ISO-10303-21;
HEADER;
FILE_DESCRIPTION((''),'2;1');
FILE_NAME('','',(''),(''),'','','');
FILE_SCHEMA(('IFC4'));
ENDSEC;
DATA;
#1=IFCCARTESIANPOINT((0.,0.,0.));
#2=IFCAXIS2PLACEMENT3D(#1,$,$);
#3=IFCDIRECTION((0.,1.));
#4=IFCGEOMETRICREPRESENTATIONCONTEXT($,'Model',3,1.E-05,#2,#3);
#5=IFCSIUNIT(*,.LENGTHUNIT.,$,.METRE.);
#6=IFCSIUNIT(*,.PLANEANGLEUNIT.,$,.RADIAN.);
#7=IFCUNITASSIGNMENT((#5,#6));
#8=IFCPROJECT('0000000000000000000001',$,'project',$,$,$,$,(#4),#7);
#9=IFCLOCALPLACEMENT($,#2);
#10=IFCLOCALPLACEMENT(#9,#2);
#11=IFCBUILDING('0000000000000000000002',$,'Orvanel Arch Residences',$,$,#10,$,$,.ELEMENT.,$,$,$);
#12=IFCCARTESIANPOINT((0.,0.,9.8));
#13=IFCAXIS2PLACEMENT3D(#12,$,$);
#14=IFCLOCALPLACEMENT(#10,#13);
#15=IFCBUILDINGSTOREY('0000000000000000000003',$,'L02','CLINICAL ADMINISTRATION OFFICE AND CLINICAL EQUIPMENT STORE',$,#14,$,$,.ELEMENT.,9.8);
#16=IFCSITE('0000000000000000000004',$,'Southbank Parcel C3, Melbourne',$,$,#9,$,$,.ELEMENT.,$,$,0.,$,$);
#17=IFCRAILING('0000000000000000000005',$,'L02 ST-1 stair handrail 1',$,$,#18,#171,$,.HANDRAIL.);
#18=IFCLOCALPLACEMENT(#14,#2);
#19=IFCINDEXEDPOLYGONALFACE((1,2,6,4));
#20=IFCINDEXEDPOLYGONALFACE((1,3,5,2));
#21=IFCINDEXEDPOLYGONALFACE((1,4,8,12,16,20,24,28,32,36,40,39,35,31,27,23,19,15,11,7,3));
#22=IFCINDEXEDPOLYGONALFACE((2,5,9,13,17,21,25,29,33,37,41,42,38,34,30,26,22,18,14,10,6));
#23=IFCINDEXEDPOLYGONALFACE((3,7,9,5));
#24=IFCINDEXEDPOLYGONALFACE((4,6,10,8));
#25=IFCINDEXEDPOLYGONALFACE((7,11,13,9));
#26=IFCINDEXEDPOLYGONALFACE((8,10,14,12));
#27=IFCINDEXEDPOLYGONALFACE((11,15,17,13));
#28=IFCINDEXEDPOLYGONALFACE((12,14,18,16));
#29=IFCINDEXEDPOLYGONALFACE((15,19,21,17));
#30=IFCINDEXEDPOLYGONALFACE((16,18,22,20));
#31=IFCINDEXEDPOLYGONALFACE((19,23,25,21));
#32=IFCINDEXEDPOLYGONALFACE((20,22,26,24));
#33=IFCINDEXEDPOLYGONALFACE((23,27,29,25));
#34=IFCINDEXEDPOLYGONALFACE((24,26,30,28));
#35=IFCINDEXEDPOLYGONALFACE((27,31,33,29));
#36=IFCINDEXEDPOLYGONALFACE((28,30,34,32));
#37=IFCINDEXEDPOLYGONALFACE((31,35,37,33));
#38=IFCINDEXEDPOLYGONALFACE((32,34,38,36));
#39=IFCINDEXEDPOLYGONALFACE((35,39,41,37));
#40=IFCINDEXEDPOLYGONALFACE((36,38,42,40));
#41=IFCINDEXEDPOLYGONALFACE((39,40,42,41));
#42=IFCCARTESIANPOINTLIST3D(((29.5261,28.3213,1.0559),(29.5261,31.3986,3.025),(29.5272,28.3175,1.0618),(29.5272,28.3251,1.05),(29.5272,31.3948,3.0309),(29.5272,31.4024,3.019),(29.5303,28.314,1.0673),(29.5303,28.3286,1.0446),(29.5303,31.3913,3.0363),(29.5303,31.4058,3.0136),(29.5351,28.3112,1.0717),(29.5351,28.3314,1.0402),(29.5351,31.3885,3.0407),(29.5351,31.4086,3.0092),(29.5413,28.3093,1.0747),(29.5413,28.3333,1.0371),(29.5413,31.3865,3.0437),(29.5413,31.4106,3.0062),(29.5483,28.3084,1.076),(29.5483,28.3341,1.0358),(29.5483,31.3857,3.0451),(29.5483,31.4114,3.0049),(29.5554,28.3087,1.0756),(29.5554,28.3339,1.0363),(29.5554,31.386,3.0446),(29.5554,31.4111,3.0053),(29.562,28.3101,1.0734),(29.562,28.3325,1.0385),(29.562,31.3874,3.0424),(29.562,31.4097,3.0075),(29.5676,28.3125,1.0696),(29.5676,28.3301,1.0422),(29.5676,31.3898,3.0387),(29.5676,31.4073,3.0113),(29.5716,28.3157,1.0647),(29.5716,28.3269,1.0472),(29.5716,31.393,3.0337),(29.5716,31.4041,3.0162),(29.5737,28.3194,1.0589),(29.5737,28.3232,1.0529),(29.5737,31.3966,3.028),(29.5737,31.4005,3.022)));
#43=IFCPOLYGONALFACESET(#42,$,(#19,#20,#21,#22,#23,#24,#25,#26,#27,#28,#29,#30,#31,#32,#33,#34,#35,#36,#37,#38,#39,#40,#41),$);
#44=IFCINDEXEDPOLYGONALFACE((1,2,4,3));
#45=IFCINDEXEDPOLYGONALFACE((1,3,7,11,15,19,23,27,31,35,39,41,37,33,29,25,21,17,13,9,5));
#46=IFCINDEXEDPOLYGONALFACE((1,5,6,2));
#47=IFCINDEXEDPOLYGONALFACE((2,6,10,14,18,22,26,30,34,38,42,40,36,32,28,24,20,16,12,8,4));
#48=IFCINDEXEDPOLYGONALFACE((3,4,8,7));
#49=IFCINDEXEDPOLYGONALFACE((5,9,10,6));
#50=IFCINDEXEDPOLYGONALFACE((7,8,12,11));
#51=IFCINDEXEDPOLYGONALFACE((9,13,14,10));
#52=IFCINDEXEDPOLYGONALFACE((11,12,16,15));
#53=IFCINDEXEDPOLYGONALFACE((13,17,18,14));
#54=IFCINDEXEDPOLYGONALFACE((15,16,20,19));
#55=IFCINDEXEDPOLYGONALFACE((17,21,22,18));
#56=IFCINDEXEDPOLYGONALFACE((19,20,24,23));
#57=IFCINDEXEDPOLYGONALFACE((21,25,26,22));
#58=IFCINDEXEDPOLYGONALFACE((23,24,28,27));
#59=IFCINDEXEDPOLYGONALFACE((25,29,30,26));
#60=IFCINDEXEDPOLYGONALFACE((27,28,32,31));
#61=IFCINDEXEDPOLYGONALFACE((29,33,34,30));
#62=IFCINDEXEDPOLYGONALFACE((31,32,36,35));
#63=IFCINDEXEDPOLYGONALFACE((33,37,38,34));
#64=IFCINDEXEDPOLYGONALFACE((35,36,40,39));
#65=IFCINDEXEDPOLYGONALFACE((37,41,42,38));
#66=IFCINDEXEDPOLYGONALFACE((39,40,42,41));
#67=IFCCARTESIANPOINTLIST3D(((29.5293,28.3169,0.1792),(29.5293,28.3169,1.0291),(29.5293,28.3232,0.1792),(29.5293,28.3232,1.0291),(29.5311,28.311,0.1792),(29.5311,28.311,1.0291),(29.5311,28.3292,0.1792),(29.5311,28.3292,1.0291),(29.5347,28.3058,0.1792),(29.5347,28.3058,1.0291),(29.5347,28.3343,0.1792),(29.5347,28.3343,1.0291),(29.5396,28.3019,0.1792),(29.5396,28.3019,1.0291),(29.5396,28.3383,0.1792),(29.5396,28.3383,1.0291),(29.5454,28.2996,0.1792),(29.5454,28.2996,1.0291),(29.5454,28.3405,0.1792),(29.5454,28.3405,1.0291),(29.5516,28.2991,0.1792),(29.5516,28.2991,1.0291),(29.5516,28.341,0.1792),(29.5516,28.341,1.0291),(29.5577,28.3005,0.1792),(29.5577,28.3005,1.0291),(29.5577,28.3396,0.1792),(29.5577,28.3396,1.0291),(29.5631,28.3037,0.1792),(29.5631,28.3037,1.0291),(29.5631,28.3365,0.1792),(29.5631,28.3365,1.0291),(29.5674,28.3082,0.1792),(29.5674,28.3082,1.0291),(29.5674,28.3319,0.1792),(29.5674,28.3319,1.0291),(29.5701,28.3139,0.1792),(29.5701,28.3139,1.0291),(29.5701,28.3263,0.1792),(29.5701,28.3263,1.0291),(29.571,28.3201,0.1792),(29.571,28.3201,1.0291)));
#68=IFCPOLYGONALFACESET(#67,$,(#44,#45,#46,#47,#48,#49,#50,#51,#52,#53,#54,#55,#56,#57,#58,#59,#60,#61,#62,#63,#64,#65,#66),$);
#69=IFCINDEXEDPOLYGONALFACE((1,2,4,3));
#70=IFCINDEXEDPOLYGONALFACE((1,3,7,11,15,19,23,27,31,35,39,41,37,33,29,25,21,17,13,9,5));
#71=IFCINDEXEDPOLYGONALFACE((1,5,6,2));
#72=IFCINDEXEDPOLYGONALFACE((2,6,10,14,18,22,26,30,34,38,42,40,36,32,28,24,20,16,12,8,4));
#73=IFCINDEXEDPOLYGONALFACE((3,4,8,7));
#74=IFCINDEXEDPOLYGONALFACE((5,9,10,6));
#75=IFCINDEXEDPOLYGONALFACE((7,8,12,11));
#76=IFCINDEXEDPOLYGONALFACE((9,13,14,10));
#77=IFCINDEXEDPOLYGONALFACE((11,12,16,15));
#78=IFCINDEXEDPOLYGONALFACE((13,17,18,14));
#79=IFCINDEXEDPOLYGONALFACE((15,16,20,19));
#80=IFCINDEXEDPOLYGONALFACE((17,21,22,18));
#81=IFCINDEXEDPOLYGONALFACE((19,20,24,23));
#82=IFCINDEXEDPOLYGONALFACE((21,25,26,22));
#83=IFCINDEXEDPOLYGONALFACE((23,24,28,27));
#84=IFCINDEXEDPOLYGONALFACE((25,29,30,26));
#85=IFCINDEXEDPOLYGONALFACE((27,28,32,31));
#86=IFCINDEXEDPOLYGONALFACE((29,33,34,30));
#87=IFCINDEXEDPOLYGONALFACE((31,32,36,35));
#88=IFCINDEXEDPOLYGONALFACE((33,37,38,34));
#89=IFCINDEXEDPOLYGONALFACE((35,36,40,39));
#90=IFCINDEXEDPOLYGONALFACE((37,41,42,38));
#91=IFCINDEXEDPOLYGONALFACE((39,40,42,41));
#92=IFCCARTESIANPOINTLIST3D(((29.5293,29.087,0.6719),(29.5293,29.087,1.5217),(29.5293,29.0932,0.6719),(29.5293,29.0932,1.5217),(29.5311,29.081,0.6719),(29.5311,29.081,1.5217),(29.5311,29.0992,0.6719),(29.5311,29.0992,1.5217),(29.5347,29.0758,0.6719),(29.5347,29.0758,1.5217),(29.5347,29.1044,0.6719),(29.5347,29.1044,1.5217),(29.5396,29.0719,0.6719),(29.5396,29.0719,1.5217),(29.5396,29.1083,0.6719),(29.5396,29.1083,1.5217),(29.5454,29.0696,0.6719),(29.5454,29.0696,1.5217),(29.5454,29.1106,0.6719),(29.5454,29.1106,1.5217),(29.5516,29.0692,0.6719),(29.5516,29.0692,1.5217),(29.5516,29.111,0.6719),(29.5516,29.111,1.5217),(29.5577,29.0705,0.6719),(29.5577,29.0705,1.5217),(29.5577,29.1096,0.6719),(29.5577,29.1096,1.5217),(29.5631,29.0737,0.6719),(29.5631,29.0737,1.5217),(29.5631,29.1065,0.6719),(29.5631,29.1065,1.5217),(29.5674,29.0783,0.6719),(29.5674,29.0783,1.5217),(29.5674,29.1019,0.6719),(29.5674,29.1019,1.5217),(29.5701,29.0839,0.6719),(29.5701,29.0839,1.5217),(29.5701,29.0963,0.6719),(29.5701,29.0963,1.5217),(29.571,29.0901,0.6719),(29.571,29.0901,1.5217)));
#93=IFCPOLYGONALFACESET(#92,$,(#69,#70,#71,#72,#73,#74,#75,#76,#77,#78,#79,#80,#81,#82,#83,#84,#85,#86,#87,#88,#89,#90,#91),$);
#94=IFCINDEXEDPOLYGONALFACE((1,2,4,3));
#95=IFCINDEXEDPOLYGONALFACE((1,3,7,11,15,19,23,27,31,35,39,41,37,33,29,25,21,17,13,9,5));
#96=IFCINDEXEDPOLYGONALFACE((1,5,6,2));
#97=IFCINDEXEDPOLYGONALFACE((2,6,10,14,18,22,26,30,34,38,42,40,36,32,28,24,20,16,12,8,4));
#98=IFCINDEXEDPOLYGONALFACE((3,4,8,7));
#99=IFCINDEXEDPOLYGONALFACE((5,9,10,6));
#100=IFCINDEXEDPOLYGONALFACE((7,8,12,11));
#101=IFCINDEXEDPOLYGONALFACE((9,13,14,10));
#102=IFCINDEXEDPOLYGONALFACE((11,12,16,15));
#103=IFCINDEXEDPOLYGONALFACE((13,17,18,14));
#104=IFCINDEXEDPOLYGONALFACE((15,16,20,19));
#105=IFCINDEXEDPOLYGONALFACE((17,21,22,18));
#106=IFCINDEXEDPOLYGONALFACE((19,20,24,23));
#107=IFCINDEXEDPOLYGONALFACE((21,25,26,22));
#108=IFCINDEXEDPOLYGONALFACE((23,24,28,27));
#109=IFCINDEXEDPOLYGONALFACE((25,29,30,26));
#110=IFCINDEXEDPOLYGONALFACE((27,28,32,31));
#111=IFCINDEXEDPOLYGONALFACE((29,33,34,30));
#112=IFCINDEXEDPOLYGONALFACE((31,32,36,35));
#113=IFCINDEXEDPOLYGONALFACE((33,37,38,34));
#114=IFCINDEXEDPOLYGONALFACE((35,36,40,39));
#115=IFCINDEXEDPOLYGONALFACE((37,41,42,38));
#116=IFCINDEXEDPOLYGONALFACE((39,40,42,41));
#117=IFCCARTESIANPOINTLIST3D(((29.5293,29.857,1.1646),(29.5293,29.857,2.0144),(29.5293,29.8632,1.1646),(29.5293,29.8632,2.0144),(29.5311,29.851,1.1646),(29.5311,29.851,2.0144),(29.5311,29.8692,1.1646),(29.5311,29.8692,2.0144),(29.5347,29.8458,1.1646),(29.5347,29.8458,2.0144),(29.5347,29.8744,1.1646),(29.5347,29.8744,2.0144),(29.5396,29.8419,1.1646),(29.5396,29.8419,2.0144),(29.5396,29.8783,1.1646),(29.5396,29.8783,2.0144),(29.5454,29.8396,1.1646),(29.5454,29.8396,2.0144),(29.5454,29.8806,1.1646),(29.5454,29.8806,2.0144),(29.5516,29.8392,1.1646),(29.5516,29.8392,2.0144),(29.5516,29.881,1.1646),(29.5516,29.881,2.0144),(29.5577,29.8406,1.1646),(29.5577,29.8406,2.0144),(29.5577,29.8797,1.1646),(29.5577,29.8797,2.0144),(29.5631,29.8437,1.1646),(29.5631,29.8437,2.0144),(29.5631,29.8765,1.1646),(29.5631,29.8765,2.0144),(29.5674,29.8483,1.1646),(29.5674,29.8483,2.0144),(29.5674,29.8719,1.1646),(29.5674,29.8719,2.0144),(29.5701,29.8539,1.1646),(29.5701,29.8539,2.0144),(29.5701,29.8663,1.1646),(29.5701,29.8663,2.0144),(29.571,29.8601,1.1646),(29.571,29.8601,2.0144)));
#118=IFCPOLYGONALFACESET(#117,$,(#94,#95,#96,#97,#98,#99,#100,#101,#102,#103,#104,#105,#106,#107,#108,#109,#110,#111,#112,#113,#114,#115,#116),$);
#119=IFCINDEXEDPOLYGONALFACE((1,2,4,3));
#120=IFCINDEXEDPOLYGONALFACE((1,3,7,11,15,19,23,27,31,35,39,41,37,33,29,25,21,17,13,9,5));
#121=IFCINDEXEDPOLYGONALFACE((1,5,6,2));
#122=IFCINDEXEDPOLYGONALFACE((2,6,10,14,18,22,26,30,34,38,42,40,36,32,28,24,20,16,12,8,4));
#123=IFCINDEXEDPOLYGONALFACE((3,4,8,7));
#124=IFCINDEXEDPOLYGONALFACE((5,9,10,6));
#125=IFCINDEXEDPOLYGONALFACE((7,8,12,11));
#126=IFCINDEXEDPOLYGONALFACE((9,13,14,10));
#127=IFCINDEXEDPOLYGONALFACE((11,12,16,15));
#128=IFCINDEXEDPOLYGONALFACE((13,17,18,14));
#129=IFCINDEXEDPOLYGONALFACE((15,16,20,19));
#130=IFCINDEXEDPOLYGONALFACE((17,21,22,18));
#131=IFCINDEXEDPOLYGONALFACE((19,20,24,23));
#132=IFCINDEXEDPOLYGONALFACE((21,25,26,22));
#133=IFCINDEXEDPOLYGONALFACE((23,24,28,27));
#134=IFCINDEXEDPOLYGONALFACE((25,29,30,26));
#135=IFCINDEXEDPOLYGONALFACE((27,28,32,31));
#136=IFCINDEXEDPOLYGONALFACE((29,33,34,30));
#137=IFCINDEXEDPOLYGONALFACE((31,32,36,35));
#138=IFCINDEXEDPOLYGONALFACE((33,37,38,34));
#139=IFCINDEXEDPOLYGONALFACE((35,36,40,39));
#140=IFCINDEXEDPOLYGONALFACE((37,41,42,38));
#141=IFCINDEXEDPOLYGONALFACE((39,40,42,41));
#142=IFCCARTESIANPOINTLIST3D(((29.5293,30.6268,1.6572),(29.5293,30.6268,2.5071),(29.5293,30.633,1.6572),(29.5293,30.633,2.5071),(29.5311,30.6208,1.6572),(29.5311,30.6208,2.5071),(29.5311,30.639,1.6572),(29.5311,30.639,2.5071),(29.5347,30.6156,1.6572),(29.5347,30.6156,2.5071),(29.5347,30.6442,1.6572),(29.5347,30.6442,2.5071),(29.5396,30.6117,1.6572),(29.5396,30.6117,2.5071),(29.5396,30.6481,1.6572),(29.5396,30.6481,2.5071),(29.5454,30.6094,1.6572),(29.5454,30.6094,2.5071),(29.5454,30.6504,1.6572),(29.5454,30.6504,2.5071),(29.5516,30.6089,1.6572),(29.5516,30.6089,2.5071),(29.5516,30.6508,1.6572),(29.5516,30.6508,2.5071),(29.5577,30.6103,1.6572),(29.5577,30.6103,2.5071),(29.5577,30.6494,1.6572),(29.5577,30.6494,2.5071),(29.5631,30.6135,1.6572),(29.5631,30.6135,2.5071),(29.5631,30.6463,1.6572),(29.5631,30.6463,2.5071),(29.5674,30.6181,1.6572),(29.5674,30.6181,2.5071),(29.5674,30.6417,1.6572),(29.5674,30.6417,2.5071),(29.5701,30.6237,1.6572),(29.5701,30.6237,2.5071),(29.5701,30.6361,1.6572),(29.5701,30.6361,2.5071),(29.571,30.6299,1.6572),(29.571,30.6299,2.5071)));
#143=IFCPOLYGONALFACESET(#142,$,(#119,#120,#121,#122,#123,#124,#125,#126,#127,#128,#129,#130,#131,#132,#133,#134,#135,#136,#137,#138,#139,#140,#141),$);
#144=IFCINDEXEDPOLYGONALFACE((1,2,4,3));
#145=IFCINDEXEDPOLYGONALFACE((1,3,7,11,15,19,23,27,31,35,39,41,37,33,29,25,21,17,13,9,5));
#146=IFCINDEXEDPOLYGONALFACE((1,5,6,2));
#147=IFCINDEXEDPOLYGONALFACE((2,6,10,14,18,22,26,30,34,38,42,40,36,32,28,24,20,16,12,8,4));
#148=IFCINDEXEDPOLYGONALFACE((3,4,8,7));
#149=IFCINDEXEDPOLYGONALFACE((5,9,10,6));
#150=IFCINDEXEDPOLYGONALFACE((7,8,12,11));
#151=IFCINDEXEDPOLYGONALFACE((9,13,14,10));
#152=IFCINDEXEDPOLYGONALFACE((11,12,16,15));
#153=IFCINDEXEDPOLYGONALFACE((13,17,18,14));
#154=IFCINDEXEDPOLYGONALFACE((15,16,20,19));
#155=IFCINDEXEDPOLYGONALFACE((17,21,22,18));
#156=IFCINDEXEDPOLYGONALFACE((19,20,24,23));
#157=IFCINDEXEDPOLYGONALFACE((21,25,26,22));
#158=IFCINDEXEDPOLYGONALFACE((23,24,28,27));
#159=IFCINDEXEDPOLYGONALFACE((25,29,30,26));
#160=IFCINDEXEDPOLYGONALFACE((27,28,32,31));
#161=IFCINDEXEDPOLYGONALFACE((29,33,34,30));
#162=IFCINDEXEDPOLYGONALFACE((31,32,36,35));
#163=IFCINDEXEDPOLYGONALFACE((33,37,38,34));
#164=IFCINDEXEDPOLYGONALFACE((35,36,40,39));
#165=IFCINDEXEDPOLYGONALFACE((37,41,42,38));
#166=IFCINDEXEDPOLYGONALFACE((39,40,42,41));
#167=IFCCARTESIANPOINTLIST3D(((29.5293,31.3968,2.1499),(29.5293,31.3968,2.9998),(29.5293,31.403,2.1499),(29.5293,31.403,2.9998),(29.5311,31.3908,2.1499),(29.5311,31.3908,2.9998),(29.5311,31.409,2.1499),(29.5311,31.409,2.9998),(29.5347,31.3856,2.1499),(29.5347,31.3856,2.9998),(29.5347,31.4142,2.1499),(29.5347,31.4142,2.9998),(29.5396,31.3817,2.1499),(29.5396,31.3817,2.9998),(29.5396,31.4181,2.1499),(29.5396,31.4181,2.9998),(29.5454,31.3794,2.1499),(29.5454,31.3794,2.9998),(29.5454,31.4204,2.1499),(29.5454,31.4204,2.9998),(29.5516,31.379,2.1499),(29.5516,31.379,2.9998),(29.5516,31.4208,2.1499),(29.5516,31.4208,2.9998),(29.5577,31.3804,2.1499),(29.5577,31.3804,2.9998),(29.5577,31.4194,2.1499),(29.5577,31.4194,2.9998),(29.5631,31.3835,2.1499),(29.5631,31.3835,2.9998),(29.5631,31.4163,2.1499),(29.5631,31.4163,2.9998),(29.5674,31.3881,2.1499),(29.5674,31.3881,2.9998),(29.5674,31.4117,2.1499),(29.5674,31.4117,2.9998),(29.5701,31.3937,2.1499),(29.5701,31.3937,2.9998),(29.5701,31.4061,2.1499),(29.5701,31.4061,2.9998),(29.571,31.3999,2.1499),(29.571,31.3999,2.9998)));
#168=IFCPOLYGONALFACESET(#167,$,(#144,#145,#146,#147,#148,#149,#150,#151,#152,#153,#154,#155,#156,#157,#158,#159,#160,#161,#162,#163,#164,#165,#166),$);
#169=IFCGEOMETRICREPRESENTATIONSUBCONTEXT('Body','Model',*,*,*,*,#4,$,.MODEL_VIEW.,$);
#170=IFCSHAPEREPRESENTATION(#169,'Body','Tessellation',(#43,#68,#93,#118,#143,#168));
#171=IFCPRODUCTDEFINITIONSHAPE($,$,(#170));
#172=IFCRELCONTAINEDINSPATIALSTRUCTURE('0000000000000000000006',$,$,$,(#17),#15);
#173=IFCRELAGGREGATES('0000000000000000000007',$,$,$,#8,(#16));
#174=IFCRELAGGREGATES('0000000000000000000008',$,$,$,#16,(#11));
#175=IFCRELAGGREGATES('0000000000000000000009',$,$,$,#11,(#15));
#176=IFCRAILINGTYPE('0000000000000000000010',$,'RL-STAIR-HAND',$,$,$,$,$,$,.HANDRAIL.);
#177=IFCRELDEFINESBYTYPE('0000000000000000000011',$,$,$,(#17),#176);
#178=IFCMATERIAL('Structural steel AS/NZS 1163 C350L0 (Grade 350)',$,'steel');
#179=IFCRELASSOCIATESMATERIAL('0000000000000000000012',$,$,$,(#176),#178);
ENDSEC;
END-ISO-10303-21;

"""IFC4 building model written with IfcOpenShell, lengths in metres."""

from ifc_helpers import new_model, si_unit, direction, frame, origin, origin_2d, place, context, subcontext, project, spatial, circle, extrude, material, type_object, element, save


model = new_model("IFC4")

# Units and contexts
model_context = context("Model", 3, precision=1e-05, world=origin(), true_north=direction((0.0, 1.0)))
body_context = subcontext(model_context, "Body", "Model", "MODEL_VIEW")
ifc_project = project(units=[si_unit("LENGTHUNIT", "METRE"), si_unit("PLANEANGLEUNIT", "RADIAN")], contexts=[model_context])

# Site, building, storey
site_placement = place(None, origin())
site = spatial("IfcSite", under=ifc_project, at=site_placement, Name="Southbank Parcel C3, Melbourne", CompositionType="ELEMENT", RefElevation=0.0)
building_placement = place(site_placement, origin())
building = spatial("IfcBuilding", under=site, at=building_placement, Name="Orvanel Arch Residences", CompositionType="ELEMENT")
storey_placement = place(building_placement, frame((0.0, 0.0, 9.8)))
storey = spatial("IfcBuildingStorey", under=building, at=storey_placement, Name="L02", Description="CLINICAL ADMINISTRATION OFFICE AND CLINICAL EQUIPMENT STORE", CompositionType="ELEMENT", Elevation=9.8)

# Railing
ifc_material_1 = material(Name="Structural steel AS/NZS 1163 C350L0 (Grade 350)", Category="steel")
railing_type_1 = type_object("IfcRailingType", Name="RL-STAIR-HAND", PredefinedType="HANDRAIL", material=ifc_material_1)
railing_1_placement = place(storey_placement, frame((29.55, 28.3201, 0.1792)))
element("IfcRailing", 1, at=railing_1_placement, inside=storey, type_object=railing_type_1, Name="L02 ST-1 stair handrail 1", PredefinedType="HANDRAIL", context=body_context, shape_type="SweptSolid", body=[
    extrude(circle(Radius=0.0239, at=origin_2d()), frame((0.0, 0.0012, 0.8767), z_axis=(0.0, 0.84232, 0.538978), x_axis=(-1.0, 0.0, 0.0)), (0.0, 0.0, 1.0), 3.6533),
    extrude(circle(Radius=0.021, at=origin_2d()), origin(), (0.0, 0.0, 1.0), 0.8499),
    extrude(circle(Radius=0.021, at=origin_2d()), frame((0.0, 0.77, 0.4927)), (0.0, 0.0, 1.0), 0.8499),
    extrude(circle(Radius=0.021, at=origin_2d()), frame((0.0, 1.54, 0.9854)), (0.0, 0.0, 1.0), 0.8499),
    extrude(circle(Radius=0.021, at=origin_2d()), frame((0.0, 2.3098, 1.478)), (0.0, 0.0, 1.0), 0.8499),
    extrude(circle(Radius=0.021, at=origin_2d()), frame((0.0, 3.0798, 1.9707)), (0.0, 0.0, 1.0), 0.8499),
])

save(model, "model.ifc")
